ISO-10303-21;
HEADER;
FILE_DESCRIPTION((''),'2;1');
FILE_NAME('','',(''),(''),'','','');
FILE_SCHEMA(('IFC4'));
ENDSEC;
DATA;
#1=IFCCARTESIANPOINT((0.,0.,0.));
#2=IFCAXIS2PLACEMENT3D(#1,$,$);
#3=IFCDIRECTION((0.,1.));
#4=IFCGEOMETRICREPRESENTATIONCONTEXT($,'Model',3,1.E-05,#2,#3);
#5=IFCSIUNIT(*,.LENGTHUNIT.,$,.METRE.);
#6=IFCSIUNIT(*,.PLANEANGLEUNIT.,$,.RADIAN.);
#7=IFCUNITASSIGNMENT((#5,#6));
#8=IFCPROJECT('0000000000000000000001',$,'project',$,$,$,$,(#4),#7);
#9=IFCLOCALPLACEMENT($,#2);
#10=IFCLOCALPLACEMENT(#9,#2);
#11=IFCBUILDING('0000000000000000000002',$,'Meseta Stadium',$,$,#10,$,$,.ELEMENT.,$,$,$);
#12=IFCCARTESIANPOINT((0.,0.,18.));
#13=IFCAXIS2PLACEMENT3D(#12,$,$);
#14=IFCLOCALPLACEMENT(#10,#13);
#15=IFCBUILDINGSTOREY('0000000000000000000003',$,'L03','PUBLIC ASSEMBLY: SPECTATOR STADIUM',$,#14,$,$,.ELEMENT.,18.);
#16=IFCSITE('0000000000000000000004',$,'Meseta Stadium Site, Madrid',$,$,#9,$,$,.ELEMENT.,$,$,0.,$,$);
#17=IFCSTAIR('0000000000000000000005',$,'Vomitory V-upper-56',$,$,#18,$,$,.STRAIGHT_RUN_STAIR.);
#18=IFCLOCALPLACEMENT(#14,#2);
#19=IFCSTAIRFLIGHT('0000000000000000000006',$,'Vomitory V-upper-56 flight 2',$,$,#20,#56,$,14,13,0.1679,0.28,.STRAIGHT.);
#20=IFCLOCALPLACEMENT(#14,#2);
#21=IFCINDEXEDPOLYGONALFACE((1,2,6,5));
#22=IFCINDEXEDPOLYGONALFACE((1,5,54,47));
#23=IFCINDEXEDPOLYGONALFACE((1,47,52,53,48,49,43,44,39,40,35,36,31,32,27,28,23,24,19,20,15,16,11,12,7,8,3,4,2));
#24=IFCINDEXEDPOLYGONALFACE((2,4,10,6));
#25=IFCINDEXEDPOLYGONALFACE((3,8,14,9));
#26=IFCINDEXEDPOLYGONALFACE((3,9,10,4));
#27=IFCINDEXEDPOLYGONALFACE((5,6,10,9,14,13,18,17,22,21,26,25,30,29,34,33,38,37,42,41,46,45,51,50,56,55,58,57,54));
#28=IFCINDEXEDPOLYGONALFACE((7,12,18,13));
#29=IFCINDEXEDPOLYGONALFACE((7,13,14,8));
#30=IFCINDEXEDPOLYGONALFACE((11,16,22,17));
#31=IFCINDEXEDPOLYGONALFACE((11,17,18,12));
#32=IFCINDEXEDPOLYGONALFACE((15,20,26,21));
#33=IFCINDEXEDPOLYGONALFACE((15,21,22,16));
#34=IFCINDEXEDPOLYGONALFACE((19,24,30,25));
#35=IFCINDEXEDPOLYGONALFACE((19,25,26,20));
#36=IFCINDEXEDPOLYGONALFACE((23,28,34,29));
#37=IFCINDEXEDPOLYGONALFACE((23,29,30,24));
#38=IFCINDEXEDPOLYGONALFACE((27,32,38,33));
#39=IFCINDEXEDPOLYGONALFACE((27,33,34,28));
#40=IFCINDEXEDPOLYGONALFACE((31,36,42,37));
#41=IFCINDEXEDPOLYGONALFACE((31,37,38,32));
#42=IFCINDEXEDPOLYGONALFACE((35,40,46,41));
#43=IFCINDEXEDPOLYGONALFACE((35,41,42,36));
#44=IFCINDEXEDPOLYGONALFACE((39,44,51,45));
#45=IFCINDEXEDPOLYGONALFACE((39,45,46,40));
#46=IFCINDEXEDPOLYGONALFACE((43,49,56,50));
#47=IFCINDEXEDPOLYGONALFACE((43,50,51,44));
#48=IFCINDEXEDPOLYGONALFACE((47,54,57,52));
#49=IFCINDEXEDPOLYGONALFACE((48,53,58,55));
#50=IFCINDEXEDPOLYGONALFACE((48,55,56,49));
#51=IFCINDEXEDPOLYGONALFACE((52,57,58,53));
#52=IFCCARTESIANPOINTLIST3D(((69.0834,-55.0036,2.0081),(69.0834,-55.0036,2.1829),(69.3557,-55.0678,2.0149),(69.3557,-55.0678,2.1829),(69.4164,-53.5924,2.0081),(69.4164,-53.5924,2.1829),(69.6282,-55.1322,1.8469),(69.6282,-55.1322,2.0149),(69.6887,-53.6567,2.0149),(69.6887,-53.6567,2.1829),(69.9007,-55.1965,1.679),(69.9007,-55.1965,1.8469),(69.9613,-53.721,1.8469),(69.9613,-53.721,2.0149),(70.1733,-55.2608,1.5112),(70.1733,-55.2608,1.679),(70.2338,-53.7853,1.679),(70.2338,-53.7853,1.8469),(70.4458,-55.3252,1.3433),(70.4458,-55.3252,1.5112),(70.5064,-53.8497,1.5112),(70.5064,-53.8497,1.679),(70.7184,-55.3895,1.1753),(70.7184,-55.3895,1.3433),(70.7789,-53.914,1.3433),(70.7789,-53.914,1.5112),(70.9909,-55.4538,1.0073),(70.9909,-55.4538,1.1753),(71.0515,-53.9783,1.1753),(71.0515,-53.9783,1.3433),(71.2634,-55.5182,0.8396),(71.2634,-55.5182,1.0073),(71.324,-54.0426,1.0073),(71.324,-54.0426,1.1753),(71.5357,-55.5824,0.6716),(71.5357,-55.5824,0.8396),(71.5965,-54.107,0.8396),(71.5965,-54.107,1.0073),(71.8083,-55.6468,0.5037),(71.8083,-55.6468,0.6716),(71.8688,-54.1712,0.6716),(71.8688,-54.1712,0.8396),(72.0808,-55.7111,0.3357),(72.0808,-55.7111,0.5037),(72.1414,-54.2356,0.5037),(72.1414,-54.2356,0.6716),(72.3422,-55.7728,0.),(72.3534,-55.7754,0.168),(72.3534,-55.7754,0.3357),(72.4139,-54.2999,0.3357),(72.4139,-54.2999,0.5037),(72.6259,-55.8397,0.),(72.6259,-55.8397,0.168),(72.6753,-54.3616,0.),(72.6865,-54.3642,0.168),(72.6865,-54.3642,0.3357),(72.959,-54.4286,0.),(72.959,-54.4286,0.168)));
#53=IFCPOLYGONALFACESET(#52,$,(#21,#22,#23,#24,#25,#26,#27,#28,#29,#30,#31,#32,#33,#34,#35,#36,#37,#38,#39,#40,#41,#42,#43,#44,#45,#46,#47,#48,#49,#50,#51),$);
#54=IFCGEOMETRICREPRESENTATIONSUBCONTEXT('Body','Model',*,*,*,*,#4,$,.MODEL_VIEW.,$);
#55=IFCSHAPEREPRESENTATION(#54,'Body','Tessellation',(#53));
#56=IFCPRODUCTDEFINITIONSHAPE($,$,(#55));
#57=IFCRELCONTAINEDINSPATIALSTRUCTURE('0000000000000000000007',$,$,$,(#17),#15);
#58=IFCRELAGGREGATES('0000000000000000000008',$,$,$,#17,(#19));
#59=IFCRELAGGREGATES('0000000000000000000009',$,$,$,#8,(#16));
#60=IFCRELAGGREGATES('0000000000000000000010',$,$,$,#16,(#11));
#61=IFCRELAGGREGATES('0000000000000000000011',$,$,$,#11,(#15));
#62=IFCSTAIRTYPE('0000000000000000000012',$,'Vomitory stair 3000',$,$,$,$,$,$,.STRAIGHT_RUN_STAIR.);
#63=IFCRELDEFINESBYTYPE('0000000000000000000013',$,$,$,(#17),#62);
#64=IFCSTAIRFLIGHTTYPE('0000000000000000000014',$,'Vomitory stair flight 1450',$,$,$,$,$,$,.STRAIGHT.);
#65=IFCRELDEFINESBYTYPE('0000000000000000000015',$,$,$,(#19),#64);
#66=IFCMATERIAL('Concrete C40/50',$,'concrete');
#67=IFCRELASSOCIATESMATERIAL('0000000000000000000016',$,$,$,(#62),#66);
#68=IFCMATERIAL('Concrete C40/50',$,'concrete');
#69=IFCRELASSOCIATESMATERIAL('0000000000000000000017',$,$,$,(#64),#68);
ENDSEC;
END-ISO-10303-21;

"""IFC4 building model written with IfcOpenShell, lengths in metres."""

from ifc_helpers import new_model, si_unit, direction, frame, origin, place, context, subcontext, project, spatial, polyline, outline, extrude, material, type_object, element, aggregate, save


model = new_model("IFC4")

# Units and contexts
model_context = context("Model", 3, precision=1e-05, world=origin(), true_north=direction((0.0, 1.0)))
body_context = subcontext(model_context, "Body", "Model", "MODEL_VIEW")
ifc_project = project(units=[si_unit("LENGTHUNIT", "METRE"), si_unit("PLANEANGLEUNIT", "RADIAN")], contexts=[model_context])

# Site, building, storey
site_placement = place(None, origin())
site = spatial("IfcSite", under=ifc_project, at=site_placement, Name="Meseta Stadium Site, Madrid", CompositionType="ELEMENT", RefElevation=0.0)
building_placement = place(site_placement, origin())
building = spatial("IfcBuilding", under=site, at=building_placement, Name="Meseta Stadium", CompositionType="ELEMENT")
storey_placement = place(building_placement, frame((0.0, 0.0, 18.0)))
storey = spatial("IfcBuildingStorey", under=building, at=storey_placement, Name="L03", Description="PUBLIC ASSEMBLY: SPECTATOR STADIUM", CompositionType="ELEMENT", Elevation=18.0)

# Stair, stair flight
ifc_material_1 = material(Name="Concrete C40/50", Category="concrete")
stair_type = type_object("IfcStairType", Name="Vomitory stair 3000", PredefinedType="STRAIGHT_RUN_STAIR", material=ifc_material_1)
stair_placement = place(storey_placement, origin())
stair = element("IfcStair", 1, at=stair_placement, inside=storey, type_object=stair_type, Name="Vomitory V-upper-56", PredefinedType="STRAIGHT_RUN_STAIR")
ifc_material_2 = material(Name="Concrete C40/50", Category="concrete")
stair_flight_type = type_object("IfcStairFlightType", Name="Vomitory stair flight 1450", PredefinedType="STRAIGHT", material=ifc_material_2)
stair_flight_1_placement = place(storey_placement, frame((72.7925, -55.134, 0.0), z_axis=(0.0, 0.0, 1.0), x_axis=(-0.973256, 0.229722, 0.0)))
stair_flight_1 = element("IfcStairFlight", 2, at=stair_flight_1_placement, type_object=stair_flight_type, Name="Vomitory V-upper-56 flight 2", NumberOfRisers=14, NumberOfTreads=13, PredefinedType="STRAIGHT", RiserHeight=0.1679, TreadLength=0.28, context=body_context, shape_type="SweptSolid", body=[
    extrude(outline(polyline([(0.0, 0.0), (0.0, 0.168), (0.28, 0.168), (0.28, 0.3357), (0.5601, 0.3357), (0.5601, 0.5037), (0.8401, 0.5037), (0.8401, 0.6716), (1.1201, 0.6716), (1.1201, 0.8396), (1.3999, 0.8396), (1.3999, 1.0073), (1.6799, 1.0073), (1.6799, 1.1753), (1.96, 1.1753), (1.96, 1.3433), (2.24, 1.3433), (2.24, 1.5112), (2.52, 1.5112), (2.52, 1.679), (2.8, 1.679), (2.8, 1.8469), (3.0801, 1.8469), (3.0801, 2.0149), (3.3601, 2.0149), (3.3601, 2.1829), (3.6399, 2.1829), (3.6399, 2.0081), (0.2915, 0.0), (0.0, 0.0)])), frame((0.0, 0.7251, 0.0), z_axis=(0.0, -1.0, 0.0), x_axis=(1.0, 0.0, 0.0)), (0.0, 0.0, 1.0), 1.45),
])
aggregate(stair, [stair_flight_1])

save(model, "model.ifc")
